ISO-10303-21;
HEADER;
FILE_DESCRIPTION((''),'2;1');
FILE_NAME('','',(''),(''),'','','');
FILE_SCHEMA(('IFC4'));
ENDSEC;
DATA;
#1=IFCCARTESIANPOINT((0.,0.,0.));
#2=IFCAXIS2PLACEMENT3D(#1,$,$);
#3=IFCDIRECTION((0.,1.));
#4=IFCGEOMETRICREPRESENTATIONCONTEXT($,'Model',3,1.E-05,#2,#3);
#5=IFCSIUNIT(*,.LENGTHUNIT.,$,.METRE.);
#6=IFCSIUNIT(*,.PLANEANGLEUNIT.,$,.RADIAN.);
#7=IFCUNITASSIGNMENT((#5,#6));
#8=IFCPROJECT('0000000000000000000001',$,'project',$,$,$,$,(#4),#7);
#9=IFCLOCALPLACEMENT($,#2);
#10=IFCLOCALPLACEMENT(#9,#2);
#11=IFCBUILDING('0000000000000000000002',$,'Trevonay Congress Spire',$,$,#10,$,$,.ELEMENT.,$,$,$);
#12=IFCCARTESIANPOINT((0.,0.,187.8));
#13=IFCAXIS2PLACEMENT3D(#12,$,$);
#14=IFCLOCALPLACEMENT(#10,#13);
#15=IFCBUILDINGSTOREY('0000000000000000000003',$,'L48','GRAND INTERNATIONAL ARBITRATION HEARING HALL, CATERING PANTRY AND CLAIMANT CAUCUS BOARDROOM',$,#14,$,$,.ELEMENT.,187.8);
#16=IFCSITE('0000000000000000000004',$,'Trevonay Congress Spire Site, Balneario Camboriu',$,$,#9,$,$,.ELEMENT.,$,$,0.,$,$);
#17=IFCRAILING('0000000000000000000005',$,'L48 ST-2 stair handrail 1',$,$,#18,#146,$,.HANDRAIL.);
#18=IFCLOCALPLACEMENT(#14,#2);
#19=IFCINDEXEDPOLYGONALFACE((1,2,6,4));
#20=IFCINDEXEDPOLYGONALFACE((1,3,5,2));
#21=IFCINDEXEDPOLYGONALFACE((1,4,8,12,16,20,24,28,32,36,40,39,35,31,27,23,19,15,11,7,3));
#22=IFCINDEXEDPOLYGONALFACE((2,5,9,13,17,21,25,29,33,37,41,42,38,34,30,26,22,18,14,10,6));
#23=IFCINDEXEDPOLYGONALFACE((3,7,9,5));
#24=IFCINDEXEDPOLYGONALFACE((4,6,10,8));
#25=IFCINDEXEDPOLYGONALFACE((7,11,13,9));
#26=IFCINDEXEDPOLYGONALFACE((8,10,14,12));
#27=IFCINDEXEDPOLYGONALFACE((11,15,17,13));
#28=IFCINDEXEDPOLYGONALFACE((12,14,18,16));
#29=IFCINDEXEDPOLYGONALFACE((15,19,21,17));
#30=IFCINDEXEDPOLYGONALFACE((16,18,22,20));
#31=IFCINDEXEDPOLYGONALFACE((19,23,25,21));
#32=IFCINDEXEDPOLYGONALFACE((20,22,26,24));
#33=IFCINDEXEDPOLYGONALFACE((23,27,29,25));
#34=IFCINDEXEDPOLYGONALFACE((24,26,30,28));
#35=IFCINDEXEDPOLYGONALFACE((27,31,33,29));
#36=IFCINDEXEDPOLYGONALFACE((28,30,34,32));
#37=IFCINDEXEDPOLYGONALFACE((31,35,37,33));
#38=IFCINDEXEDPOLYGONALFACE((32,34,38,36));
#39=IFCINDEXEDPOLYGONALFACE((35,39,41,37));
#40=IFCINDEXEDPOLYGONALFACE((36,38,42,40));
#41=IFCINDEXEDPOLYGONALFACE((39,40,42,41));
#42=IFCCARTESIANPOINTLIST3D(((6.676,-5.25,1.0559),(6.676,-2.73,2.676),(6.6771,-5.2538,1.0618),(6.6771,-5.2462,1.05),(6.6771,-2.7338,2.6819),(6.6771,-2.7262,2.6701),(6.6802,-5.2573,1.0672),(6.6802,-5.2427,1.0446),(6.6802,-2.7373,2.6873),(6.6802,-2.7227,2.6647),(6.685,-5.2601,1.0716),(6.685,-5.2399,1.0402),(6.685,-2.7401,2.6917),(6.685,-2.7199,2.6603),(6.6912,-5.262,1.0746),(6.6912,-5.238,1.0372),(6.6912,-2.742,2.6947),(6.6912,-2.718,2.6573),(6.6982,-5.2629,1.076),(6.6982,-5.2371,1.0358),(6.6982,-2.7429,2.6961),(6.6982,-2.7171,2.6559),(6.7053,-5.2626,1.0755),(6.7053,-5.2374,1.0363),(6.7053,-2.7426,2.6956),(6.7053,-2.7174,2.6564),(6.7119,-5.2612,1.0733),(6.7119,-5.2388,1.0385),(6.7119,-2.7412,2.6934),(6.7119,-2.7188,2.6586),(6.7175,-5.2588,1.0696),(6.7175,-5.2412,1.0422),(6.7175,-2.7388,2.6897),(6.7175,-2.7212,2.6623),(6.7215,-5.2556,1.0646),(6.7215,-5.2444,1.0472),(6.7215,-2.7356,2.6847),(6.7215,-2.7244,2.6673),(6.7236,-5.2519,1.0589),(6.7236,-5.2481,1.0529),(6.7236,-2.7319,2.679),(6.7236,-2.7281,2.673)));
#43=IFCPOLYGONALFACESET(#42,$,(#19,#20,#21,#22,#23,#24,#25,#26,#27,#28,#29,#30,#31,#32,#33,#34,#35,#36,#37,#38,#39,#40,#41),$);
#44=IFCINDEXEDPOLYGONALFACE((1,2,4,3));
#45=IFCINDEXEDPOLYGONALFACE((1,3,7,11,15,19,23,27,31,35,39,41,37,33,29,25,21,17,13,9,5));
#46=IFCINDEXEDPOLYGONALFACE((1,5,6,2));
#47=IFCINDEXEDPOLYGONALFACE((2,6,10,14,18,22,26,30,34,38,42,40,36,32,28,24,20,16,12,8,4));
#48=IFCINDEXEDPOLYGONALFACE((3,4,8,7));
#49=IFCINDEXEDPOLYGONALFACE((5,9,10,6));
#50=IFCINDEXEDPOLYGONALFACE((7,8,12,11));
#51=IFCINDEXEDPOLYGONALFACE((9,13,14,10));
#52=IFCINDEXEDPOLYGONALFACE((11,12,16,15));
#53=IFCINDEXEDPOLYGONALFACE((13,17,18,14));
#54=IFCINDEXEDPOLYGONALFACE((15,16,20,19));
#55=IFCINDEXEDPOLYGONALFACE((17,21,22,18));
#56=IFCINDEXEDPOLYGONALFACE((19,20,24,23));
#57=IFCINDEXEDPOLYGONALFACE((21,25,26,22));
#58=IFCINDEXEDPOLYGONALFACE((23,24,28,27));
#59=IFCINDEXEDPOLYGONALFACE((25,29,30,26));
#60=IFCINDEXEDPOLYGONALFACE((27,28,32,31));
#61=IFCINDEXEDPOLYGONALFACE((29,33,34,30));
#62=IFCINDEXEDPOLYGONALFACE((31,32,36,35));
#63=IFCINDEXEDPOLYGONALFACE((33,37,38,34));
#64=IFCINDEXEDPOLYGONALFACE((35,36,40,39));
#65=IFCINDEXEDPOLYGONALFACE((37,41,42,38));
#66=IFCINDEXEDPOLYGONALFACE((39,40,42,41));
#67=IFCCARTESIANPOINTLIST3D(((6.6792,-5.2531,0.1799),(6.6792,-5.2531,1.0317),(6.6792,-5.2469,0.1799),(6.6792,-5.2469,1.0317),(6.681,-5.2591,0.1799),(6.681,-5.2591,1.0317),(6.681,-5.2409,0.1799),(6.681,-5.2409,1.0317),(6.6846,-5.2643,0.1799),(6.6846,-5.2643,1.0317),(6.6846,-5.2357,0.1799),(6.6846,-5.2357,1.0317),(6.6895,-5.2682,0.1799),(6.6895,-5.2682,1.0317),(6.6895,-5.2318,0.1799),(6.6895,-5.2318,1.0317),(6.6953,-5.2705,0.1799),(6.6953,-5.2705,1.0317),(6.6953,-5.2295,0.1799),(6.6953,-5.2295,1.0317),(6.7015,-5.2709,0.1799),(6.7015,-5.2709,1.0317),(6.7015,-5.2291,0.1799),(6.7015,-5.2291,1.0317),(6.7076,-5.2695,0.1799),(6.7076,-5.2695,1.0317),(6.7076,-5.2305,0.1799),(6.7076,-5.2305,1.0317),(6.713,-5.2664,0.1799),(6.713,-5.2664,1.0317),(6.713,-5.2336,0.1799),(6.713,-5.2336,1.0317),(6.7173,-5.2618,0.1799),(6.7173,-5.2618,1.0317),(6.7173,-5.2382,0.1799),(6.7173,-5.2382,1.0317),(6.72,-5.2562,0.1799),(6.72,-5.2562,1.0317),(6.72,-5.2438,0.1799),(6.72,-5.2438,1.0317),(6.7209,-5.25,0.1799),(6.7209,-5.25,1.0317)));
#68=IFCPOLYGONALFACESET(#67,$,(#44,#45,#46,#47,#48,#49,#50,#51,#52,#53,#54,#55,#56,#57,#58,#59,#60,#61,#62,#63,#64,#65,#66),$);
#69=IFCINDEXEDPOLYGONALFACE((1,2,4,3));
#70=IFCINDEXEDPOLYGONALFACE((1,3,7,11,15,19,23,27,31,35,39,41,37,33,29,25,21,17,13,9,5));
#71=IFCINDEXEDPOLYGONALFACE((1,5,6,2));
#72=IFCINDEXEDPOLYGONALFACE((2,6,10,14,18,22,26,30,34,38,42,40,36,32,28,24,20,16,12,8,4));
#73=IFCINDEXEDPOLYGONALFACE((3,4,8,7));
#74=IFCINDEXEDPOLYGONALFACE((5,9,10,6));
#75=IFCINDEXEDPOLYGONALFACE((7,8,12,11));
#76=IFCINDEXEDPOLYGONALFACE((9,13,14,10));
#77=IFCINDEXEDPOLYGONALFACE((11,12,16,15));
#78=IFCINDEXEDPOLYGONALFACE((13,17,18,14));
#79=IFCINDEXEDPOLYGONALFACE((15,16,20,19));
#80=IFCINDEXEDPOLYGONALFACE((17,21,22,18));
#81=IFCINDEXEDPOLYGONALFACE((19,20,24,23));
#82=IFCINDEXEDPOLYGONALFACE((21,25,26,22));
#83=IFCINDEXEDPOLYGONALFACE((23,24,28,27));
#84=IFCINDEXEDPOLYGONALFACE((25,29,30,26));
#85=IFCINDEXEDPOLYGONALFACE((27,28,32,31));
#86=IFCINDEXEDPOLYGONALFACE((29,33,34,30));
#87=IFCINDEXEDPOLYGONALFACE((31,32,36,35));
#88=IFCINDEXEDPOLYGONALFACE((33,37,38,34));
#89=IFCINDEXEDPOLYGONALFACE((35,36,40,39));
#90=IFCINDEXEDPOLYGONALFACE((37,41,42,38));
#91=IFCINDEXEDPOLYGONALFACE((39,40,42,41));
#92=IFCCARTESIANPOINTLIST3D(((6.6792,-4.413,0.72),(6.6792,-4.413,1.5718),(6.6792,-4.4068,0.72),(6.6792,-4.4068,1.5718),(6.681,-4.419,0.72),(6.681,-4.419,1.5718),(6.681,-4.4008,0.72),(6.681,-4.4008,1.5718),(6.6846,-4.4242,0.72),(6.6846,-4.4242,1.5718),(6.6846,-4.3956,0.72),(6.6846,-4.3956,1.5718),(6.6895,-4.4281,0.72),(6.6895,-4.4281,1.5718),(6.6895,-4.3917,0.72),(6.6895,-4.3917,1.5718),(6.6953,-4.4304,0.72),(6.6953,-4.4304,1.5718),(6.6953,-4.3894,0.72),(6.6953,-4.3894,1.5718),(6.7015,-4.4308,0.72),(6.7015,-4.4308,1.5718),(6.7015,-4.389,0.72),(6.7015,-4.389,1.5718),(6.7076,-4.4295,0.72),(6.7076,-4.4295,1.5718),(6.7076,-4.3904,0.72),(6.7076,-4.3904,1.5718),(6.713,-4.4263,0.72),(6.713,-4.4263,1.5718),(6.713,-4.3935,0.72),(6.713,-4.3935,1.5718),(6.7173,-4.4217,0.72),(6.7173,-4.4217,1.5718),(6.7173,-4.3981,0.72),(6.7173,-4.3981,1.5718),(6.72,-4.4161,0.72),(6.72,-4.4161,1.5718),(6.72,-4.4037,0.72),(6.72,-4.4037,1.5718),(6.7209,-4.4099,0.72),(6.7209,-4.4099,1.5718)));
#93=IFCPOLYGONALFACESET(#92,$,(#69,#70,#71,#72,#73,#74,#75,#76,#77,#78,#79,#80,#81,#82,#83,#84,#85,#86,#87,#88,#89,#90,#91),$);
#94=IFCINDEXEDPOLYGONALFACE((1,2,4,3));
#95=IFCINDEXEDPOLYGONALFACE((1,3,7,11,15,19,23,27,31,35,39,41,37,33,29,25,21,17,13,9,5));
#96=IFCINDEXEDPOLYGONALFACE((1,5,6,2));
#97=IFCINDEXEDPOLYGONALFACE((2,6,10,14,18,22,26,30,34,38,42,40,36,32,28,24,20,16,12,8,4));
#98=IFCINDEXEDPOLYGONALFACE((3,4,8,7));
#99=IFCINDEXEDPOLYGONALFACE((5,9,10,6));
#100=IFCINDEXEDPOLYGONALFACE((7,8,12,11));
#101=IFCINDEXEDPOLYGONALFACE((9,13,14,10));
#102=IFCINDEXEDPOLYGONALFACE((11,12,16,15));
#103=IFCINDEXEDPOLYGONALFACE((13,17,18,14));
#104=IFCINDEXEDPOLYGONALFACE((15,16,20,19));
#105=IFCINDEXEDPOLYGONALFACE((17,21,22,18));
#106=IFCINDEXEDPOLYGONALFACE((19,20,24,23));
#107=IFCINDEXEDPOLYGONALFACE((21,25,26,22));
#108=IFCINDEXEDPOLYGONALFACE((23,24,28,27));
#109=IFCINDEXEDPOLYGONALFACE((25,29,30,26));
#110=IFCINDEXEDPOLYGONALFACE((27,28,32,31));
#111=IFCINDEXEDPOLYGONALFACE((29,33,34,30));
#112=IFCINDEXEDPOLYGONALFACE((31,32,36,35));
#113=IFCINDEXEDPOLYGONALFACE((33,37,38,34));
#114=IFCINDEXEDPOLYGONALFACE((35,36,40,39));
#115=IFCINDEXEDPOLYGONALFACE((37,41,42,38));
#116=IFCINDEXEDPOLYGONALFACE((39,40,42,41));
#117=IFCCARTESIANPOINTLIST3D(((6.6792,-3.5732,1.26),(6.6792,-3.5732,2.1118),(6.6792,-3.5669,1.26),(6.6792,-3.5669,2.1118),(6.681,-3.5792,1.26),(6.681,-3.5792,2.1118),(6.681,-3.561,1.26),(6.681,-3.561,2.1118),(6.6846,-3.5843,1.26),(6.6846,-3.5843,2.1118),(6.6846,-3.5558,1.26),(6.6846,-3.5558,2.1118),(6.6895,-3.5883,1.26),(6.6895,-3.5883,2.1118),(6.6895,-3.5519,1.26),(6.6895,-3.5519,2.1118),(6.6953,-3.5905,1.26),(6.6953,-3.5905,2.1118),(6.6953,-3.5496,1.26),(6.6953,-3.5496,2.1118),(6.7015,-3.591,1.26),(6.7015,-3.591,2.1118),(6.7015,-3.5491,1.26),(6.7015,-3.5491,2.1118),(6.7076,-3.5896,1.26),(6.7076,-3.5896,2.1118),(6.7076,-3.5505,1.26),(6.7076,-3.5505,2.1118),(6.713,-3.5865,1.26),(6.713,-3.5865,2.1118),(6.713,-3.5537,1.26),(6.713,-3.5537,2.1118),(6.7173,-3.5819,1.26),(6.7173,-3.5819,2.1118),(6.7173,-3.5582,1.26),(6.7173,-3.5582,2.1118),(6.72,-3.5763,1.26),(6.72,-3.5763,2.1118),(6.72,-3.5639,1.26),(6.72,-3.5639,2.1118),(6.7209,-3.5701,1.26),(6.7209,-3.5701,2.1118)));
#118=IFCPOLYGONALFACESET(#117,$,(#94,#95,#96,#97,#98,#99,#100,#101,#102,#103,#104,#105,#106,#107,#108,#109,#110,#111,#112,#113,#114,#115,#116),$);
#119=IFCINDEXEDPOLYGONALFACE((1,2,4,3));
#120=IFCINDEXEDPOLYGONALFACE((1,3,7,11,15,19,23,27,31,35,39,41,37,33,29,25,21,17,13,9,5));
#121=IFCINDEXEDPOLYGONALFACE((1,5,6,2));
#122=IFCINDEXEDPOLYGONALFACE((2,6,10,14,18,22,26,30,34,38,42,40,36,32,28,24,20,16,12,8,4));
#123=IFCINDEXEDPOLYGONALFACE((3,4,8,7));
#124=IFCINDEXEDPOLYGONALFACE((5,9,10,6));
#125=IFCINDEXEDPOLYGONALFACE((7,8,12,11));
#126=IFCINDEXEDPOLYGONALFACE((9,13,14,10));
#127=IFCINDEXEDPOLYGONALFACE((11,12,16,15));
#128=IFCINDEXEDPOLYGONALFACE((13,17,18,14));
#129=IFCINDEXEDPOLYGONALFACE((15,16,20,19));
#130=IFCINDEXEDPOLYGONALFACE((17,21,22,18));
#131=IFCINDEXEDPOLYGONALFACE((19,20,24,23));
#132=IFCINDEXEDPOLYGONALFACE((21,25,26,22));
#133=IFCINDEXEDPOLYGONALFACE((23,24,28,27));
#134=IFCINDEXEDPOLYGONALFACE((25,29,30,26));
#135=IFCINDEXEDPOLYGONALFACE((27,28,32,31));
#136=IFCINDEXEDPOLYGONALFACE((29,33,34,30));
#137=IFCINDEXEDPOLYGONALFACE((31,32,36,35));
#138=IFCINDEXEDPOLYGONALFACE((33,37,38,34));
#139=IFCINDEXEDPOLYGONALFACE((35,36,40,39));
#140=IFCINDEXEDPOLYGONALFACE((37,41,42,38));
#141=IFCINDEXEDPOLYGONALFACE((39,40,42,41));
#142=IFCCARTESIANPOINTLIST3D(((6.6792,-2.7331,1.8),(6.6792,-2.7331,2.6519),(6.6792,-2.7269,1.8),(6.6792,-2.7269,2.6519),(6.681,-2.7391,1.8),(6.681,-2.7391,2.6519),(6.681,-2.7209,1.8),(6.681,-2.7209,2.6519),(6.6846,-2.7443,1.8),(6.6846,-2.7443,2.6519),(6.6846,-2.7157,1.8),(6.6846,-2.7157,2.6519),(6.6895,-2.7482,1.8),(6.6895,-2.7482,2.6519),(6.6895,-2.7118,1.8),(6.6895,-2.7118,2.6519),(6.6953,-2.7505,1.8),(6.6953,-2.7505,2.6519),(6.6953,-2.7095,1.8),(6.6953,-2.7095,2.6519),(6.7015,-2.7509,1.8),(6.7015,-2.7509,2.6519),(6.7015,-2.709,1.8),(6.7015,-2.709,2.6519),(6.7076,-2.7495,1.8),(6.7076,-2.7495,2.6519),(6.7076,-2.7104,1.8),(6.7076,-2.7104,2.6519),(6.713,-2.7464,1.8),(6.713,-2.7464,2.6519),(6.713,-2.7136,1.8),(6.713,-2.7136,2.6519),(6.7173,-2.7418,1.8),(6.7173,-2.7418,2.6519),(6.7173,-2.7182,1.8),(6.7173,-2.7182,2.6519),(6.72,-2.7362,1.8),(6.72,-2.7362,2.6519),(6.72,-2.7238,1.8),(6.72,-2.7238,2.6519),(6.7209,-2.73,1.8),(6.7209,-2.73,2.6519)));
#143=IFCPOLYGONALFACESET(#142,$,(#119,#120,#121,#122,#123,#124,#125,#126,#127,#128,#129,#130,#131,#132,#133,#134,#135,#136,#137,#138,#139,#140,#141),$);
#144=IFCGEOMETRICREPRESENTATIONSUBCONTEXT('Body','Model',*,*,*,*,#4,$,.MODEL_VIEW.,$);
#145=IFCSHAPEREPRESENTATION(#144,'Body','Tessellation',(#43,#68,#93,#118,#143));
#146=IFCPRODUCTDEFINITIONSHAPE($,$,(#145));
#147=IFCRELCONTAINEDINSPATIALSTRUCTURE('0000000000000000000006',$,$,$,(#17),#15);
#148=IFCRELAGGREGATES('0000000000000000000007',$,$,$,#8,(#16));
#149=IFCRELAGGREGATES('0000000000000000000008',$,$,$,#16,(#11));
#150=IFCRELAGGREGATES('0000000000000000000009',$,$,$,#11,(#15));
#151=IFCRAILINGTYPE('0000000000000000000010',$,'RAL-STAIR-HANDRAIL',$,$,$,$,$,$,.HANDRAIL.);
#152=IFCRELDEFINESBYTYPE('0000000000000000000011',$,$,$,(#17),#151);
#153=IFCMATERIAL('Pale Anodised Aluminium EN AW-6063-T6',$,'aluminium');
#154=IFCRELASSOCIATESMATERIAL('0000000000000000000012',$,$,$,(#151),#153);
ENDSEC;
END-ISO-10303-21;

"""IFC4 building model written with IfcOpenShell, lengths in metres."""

from ifc_helpers import new_model, si_unit, direction, frame, origin, origin_2d, place, context, subcontext, project, spatial, circle, extrude, material, type_object, element, save


model = new_model("IFC4")

# Units and contexts
model_context = context("Model", 3, precision=1e-05, world=origin(), true_north=direction((0.0, 1.0)))
body_context = subcontext(model_context, "Body", "Model", "MODEL_VIEW")
ifc_project = project(units=[si_unit("LENGTHUNIT", "METRE"), si_unit("PLANEANGLEUNIT", "RADIAN")], contexts=[model_context])

# Site, building, storey
site_placement = place(None, origin())
site = spatial("IfcSite", under=ifc_project, at=site_placement, Name="Trevonay Congress Spire Site, Balneario Camboriu", CompositionType="ELEMENT", RefElevation=0.0)
building_placement = place(site_placement, origin())
building = spatial("IfcBuilding", under=site, at=building_placement, Name="Trevonay Congress Spire", CompositionType="ELEMENT")
storey_placement = place(building_placement, frame((0.0, 0.0, 187.8)))
storey = spatial("IfcBuildingStorey", under=building, at=storey_placement, Name="L48", Description="GRAND INTERNATIONAL ARBITRATION HEARING HALL, CATERING PANTRY AND CLAIMANT CAUCUS BOARDROOM", CompositionType="ELEMENT", Elevation=187.8)

# Shared definitions
ifc_material_1 = material(Name="Pale Anodised Aluminium EN AW-6063-T6", Category="aluminium")

# Railing
railing_type_1 = type_object("IfcRailingType", Name="RAL-STAIR-HANDRAIL", PredefinedType="HANDRAIL", material=ifc_material_1)
railing_1_placement = place(storey_placement, frame((6.7, -5.25, 0.1799)))
element("IfcRailing", 1, at=railing_1_placement, inside=storey, type_object=railing_type_1, Name="L48 ST-2 stair handrail 1", PredefinedType="HANDRAIL", context=body_context, shape_type="SweptSolid", body=[
    extrude(circle(Radius=0.0239, at=origin_2d()), frame((0.0, 0.0, 0.876), z_axis=(0.0, 0.841163, 0.540782), x_axis=(-1.0, 0.0, 0.0)), (0.0, 0.0, 1.0), 2.9958),
    extrude(circle(Radius=0.021, at=origin_2d()), origin(), (0.0, 0.0, 1.0), 0.8518),
    extrude(circle(Radius=0.021, at=origin_2d()), frame((0.0, 0.8401, 0.54)), (0.0, 0.0, 1.0), 0.8518),
    extrude(circle(Radius=0.021, at=origin_2d()), frame((0.0, 1.6799, 1.0801)), (0.0, 0.0, 1.0), 0.8518),
    extrude(circle(Radius=0.021, at=origin_2d()), frame((0.0, 2.52, 1.6201)), (0.0, 0.0, 1.0), 0.8518),
])

save(model, "model.ifc")
